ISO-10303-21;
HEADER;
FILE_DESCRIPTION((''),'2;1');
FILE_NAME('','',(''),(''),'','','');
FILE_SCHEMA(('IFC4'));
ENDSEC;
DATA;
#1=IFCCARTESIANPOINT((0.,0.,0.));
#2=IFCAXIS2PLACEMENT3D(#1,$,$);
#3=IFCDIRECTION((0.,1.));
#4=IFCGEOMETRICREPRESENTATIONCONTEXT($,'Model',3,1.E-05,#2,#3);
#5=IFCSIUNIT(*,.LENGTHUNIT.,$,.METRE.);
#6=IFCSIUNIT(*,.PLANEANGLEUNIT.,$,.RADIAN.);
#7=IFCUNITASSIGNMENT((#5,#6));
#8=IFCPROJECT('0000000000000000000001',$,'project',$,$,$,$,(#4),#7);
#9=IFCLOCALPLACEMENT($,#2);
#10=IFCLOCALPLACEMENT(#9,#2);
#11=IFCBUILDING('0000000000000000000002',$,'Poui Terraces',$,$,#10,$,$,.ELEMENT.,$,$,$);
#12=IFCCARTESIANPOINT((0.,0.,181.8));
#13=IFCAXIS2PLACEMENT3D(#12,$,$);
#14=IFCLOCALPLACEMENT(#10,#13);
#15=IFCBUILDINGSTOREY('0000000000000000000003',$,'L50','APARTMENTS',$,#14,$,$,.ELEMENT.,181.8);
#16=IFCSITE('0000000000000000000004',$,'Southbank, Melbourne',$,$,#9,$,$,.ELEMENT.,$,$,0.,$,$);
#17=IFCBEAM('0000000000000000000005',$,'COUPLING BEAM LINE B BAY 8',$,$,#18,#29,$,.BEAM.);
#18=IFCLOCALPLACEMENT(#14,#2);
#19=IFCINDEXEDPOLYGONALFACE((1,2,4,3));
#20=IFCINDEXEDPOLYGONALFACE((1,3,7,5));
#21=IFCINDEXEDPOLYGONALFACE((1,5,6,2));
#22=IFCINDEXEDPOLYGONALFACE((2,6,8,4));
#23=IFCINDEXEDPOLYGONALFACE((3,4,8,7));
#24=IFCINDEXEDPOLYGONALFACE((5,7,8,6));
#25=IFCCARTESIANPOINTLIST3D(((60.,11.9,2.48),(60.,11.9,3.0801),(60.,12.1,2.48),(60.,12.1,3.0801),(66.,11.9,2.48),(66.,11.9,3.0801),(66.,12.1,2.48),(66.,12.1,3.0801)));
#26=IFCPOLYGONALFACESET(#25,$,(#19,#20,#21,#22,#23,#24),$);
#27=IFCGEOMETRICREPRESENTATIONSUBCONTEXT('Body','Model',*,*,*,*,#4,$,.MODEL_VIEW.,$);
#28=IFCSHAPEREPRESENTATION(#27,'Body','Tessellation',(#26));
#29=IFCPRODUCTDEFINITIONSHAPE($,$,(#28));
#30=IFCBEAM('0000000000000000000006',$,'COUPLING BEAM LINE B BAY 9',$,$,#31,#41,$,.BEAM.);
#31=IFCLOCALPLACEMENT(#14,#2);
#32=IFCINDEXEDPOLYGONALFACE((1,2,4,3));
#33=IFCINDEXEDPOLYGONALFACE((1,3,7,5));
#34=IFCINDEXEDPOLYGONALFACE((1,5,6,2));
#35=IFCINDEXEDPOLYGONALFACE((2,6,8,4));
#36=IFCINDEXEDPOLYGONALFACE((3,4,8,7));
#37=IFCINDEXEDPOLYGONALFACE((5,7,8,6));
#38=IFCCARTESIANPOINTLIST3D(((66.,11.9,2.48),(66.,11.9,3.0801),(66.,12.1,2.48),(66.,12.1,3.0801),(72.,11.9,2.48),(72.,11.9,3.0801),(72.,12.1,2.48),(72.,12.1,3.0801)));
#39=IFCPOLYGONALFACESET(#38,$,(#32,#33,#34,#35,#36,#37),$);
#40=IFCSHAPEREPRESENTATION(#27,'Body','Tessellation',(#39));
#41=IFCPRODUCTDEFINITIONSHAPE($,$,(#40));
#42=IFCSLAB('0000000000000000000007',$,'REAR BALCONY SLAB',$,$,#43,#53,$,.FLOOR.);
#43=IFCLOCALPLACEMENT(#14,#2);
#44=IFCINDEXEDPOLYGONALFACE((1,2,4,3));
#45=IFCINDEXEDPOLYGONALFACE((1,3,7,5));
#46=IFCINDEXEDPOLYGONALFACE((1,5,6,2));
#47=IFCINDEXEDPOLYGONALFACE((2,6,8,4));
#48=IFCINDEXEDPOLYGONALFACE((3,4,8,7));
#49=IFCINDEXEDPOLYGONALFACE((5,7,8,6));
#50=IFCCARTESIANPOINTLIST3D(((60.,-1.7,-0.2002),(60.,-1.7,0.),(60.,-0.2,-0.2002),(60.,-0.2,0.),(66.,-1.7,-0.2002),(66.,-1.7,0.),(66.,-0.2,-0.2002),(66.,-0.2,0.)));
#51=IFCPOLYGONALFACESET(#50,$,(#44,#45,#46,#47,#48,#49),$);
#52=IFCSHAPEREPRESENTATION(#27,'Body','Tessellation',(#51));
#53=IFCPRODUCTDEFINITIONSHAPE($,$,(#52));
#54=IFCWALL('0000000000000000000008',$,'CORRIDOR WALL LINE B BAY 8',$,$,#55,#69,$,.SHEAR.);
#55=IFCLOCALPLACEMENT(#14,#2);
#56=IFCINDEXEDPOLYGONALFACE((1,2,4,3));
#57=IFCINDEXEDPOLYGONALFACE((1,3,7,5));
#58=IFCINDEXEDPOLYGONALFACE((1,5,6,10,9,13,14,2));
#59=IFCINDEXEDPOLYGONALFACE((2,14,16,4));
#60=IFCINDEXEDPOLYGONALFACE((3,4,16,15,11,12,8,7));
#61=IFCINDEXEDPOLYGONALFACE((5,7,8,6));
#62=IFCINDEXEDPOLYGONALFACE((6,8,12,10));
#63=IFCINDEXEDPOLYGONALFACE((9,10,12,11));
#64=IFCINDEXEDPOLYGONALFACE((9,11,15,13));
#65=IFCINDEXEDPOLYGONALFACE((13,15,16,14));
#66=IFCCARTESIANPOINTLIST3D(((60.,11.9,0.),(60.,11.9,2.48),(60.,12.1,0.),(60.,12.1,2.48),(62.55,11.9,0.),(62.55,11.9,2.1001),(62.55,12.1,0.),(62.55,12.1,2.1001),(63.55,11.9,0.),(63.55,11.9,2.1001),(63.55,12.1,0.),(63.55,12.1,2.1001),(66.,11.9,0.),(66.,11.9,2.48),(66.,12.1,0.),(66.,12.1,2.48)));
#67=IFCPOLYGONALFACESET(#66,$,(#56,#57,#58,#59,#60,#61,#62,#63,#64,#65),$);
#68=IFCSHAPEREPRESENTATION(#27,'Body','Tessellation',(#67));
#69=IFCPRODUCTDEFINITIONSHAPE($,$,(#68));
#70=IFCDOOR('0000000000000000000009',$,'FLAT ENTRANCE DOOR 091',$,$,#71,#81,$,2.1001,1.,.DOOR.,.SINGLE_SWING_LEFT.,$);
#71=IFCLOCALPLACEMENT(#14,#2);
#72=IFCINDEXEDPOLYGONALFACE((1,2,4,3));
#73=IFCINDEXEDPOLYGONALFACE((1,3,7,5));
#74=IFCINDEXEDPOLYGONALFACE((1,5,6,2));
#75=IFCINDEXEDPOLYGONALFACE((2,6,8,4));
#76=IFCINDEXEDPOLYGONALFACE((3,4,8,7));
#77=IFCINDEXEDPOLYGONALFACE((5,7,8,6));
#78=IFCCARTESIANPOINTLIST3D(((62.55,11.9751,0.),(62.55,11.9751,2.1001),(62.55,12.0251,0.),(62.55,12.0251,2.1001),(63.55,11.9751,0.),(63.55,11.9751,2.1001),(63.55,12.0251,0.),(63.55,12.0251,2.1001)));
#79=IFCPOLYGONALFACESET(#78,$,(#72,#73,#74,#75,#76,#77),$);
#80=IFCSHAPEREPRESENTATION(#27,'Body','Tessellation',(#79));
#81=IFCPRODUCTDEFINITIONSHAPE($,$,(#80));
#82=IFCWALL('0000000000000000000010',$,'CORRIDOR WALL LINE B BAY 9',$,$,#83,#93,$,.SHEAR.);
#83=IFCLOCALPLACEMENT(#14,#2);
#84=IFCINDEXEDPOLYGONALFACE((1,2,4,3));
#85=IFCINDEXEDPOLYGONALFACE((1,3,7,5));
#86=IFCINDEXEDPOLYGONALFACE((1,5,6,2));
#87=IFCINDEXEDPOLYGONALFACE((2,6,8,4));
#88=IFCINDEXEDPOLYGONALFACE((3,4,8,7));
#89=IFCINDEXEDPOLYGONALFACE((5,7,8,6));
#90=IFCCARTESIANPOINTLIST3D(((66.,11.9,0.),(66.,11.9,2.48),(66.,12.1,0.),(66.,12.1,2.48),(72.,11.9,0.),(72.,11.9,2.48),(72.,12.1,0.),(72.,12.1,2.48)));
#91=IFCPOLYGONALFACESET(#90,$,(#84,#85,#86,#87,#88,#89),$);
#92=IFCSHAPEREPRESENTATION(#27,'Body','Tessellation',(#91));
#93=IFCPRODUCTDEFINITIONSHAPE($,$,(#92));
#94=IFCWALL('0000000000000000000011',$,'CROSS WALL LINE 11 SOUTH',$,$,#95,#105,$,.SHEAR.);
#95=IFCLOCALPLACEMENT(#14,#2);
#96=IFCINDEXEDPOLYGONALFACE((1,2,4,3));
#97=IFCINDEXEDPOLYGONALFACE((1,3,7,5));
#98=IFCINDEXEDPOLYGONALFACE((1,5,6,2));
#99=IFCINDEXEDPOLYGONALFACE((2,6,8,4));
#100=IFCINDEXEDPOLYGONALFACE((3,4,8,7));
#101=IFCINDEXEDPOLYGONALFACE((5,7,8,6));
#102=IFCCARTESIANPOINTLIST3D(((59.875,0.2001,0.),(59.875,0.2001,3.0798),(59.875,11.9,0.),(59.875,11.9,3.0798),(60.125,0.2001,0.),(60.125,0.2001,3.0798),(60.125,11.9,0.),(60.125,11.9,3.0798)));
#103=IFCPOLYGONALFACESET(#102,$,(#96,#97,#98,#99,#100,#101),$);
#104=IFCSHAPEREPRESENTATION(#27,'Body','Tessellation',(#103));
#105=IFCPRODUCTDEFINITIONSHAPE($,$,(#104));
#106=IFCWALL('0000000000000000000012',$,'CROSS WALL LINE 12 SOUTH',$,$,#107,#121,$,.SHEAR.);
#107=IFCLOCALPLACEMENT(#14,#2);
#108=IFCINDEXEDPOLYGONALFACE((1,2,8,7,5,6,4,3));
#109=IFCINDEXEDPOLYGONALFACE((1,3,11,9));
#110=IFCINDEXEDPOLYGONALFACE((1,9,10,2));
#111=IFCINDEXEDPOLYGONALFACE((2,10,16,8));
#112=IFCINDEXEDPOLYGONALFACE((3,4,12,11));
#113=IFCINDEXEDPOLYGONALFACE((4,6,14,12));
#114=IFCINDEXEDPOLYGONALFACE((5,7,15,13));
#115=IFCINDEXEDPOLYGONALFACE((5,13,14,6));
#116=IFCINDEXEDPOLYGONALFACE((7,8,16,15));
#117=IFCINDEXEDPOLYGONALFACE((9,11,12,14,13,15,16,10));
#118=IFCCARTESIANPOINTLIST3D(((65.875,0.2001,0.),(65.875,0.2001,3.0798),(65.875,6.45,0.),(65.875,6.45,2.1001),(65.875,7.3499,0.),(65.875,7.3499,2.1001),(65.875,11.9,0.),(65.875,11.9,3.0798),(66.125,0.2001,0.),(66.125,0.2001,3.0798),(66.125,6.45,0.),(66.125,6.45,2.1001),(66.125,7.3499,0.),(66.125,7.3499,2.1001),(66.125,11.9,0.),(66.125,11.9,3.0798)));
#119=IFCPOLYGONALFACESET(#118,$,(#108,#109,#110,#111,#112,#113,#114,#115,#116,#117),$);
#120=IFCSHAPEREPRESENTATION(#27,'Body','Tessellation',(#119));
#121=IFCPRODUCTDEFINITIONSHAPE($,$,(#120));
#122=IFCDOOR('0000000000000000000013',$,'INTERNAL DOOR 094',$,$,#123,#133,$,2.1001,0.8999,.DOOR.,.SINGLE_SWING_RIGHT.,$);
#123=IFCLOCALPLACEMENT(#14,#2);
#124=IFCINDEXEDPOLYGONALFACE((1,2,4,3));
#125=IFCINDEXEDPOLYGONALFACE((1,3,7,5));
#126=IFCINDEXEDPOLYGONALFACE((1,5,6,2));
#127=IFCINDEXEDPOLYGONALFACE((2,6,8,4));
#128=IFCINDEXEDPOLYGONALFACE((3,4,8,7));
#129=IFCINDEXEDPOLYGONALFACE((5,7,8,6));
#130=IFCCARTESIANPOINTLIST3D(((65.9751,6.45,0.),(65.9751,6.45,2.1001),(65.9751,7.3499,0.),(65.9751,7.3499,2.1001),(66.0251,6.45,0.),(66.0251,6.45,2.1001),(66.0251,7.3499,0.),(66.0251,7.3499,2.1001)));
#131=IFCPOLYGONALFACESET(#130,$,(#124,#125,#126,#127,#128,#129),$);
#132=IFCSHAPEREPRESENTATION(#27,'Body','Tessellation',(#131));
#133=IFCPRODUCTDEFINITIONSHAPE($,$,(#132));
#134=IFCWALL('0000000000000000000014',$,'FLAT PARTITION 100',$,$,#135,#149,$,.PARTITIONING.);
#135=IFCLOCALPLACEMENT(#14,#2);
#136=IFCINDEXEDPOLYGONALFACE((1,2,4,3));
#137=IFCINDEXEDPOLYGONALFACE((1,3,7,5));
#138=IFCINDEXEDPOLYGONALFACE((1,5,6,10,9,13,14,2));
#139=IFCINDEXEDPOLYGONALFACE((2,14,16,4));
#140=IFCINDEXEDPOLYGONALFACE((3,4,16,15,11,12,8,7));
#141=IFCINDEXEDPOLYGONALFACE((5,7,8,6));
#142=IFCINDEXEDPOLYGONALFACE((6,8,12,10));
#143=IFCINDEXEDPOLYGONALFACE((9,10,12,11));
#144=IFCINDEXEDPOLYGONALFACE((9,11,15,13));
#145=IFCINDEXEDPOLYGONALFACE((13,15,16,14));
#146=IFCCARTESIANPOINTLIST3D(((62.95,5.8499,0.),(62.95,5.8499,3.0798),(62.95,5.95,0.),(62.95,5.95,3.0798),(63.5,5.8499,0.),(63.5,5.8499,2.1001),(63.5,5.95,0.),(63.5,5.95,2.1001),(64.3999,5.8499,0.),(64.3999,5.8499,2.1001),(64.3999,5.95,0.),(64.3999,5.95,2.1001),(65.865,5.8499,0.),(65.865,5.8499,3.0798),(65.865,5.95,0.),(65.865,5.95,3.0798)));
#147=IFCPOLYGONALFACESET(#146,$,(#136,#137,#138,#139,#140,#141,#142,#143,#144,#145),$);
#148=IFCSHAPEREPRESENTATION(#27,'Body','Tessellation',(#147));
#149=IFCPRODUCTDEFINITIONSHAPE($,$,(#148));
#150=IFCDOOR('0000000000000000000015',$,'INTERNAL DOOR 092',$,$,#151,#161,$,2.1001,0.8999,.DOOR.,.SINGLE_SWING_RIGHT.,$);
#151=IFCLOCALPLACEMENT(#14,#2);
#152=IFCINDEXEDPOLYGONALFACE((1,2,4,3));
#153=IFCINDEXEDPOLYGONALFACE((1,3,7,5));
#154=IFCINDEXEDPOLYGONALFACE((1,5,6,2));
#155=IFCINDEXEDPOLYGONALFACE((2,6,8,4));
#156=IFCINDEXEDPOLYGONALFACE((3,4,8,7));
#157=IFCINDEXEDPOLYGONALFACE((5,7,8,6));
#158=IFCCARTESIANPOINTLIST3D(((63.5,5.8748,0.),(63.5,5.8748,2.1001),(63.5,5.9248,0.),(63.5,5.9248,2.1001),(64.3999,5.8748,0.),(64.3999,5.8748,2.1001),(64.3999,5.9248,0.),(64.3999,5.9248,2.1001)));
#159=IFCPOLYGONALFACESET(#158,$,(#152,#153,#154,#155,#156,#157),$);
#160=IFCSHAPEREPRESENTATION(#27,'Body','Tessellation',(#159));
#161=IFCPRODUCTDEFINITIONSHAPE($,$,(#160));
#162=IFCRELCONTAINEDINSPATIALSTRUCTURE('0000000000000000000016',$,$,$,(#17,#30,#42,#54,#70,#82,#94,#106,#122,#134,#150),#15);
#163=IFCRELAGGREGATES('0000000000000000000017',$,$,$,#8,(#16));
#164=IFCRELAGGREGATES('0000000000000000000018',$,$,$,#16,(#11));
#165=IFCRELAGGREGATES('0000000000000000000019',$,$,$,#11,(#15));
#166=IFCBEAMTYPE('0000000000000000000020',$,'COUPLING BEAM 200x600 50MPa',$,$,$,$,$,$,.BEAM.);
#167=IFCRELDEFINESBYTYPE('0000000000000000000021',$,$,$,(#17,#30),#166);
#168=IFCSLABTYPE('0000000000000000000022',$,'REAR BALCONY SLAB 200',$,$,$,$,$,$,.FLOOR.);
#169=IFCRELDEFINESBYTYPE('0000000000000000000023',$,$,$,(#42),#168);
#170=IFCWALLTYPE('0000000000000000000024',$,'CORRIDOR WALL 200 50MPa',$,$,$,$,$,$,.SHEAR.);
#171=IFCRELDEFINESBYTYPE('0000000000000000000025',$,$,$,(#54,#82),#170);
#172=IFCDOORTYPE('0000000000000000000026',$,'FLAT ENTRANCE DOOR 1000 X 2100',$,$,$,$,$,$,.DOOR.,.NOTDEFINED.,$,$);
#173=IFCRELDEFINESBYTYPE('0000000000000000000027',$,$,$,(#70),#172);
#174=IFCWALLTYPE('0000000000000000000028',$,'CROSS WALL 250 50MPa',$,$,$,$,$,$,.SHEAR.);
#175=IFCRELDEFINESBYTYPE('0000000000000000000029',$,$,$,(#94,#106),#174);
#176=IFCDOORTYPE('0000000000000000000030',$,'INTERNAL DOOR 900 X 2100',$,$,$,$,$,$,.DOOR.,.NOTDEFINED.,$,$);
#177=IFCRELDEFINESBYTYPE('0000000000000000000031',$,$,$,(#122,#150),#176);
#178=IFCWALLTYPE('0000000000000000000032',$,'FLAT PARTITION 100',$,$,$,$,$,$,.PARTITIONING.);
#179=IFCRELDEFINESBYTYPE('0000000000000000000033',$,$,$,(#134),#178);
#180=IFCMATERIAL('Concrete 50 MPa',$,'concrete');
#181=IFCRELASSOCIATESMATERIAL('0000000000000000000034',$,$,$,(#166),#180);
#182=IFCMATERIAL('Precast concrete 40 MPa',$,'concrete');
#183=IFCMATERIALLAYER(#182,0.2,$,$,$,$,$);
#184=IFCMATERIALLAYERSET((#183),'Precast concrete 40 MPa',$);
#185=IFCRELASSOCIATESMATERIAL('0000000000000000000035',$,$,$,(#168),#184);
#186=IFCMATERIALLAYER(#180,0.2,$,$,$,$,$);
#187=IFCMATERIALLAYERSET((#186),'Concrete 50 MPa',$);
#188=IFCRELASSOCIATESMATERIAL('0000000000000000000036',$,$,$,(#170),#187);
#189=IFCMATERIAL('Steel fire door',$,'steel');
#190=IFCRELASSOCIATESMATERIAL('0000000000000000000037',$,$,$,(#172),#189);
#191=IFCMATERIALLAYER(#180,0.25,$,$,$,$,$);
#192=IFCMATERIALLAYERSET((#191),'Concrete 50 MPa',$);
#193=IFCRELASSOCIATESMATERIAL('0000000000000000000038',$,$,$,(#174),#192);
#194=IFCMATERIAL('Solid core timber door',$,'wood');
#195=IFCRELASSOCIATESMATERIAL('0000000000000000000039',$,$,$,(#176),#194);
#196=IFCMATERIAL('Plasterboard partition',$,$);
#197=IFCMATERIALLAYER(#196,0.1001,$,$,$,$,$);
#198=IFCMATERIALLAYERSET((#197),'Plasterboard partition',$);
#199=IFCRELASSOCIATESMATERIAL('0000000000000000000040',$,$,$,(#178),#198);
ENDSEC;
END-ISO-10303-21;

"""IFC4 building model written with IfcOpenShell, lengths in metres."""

from ifc_helpers import new_model, si_unit, direction, frame, frame_2d, origin, origin_2d, place, context, subcontext, project, spatial, polyline, rectangle, outline, extrude, source, transform, mapped, material, layer, layer_set, material_profile, profile_set, type_object, element, fill, save


model = new_model("IFC4")

# Units and contexts
model_context = context("Model", 3, precision=1e-05, world=origin(), true_north=direction((0.0, 1.0)))
body_context = subcontext(model_context, "Body", "Model", "MODEL_VIEW")
ifc_project = project(units=[si_unit("LENGTHUNIT", "METRE"), si_unit("PLANEANGLEUNIT", "RADIAN")], contexts=[model_context])

# Site, building, storey
site_placement = place(None, origin())
site = spatial("IfcSite", under=ifc_project, at=site_placement, Name="Southbank, Melbourne", CompositionType="ELEMENT", RefElevation=0.0)
building_placement = place(site_placement, origin())
building = spatial("IfcBuilding", under=site, at=building_placement, Name="Poui Terraces", CompositionType="ELEMENT")
storey_placement = place(building_placement, frame((0.0, 0.0, 181.8)))
storey = spatial("IfcBuildingStorey", under=building, at=storey_placement, Name="L50", Description="APARTMENTS", CompositionType="ELEMENT", Elevation=181.8)

# Beams
ifc_material_1 = material(Name="Concrete 50 MPa", Category="concrete")
ifc_material_profile_1 = material_profile(ifc_material_1, rectangle(XDim=0.2, YDim=0.6001, at=origin_2d()), Name="RC 200x600")
ifc_profile_set_1 = profile_set([ifc_material_profile_1], Name="Concrete 50 MPa")
beam_type = type_object("IfcBeamType", Name="COUPLING BEAM 200x600 50MPa", PredefinedType="BEAM", material=ifc_profile_set_1)
shared_shape_1 = source(origin(), body_context, "Body", "SweptSolid", [
    extrude(rectangle(XDim=0.2, YDim=0.6001, at=origin_2d()), origin(), (0.0, 0.0, 1.0), 6.0),
])
for number, where, z_axis, x_axis, name in (
    (1, (60.0, 12.0, 2.78), (1.0, 0.0, 0.0), (0.0, 1.0, 0.0), "COUPLING BEAM LINE B BAY 8"),
    (2, (66.0, 12.0, 2.78), (1.0, 0.0, 0.0), (0.0, 1.0, 0.0), "COUPLING BEAM LINE B BAY 9"),
):
    element("IfcBeam", number, at=place(storey_placement, frame(where, z_axis=z_axis, x_axis=x_axis)), inside=storey, type_object=beam_type, Name=name, PredefinedType="BEAM", context=body_context, shape_type="MappedRepresentation", body=[
        mapped(shared_shape_1, transform((0.0, 0.0, 0.0))),
    ])

# Slab
ifc_material_2 = material(Name="Precast concrete 40 MPa", Category="concrete")
ifc_layer_1 = layer(ifc_material_2, 0.2)
ifc_layer_set_1 = layer_set([ifc_layer_1], Name="Precast concrete 40 MPa")
slab_type = type_object("IfcSlabType", Name="REAR BALCONY SLAB 200", PredefinedType="FLOOR", material=ifc_layer_set_1)
shared_shape_2 = source(origin(), body_context, "Body", "SweptSolid", [
    extrude(outline(polyline([(0.0, 0.0), (6.0, 0.0), (6.0, 1.5), (0.0, 1.5), (0.0, 0.0)])), origin(), (0.0, 0.0, 1.0), 0.2002),
])
slab_placement = place(storey_placement, frame((60.0, -1.7, -0.2002)))
element("IfcSlab", 3, at=slab_placement, inside=storey, type_object=slab_type, Name="REAR BALCONY SLAB", PredefinedType="FLOOR", context=body_context, shape_type="MappedRepresentation", body=[
    mapped(shared_shape_2, transform((0.0, 0.0, 0.0))),
])

# Wall, opening, door
ifc_layer_2 = layer(ifc_material_1, 0.2)
ifc_layer_set_2 = layer_set([ifc_layer_2], Name="Concrete 50 MPa")
wall_type_1 = type_object("IfcWallType", Name="CORRIDOR WALL 200 50MPa", PredefinedType="SHEAR", material=ifc_layer_set_2)
wall_1_placement = place(storey_placement, frame((60.0, 12.0, 0.0), z_axis=(0.0, 0.0, 1.0), x_axis=(1.0, 0.0, 0.0)))
wall_1 = element("IfcWall", 4, at=wall_1_placement, inside=storey, type_object=wall_type_1, Name="CORRIDOR WALL LINE B BAY 8", PredefinedType="SHEAR", context=body_context, shape_type="SweptSolid", body=[
    extrude(rectangle(XDim=6.0, YDim=0.2, at=frame_2d((3.0, 0.0))), origin(), (0.0, 0.0, 1.0), 2.48),
])
opening_1_placement = place(wall_1_placement, frame((2.55, 0.0, 0.0)))
opening_1 = element("IfcOpeningElement", 5, at=opening_1_placement, cuts=wall_1, PredefinedType="OPENING", context=body_context, shape_type="SweptSolid", body=[
    extrude(rectangle(XDim=1.0, YDim=2.1001, at=frame_2d((0.5, 1.05))), frame((0.0, 0.1099, 0.0), z_axis=(0.0, -1.0, 0.0), x_axis=(1.0, 0.0, 0.0)), (0.0, 0.0, 1.0), 0.22),
])
ifc_material_3 = material(Name="Steel fire door", Category="steel")
door_type_1 = type_object("IfcDoorType", Name="FLAT ENTRANCE DOOR 1000 X 2100", OperationType="NOTDEFINED", PredefinedType="DOOR", material=ifc_material_3)
door_1_placement = place(opening_1_placement, frame((1.0, 0.0, 0.0), z_axis=(0.0, 0.0, 1.0), x_axis=(-1.0, 0.0, 0.0)))
door_1 = element("IfcDoor", 6, at=door_1_placement, inside=storey, type_object=door_type_1, Name="FLAT ENTRANCE DOOR 091", OperationType="SINGLE_SWING_LEFT", OverallHeight=2.1001, OverallWidth=1.0, PredefinedType="DOOR", context=body_context, shape_type="SweptSolid", body=[
    extrude(rectangle(XDim=1.0, YDim=2.1001, at=frame_2d((0.5, 1.05))), frame((0.0, 0.0249, 0.0), z_axis=(0.0, -1.0, 0.0), x_axis=(1.0, 0.0, 0.0)), (0.0, 0.0, 1.0), 0.05),
])
fill(opening_1, door_1)

# Walls
wall_2_placement = place(storey_placement, frame((66.0, 12.0, 0.0), z_axis=(0.0, 0.0, 1.0), x_axis=(1.0, 0.0, 0.0)))
element("IfcWall", 7, at=wall_2_placement, inside=storey, type_object=wall_type_1, Name="CORRIDOR WALL LINE B BAY 9", PredefinedType="SHEAR", context=body_context, shape_type="SweptSolid", body=[
    extrude(rectangle(XDim=6.0, YDim=0.2, at=frame_2d((3.0, 0.0))), origin(), (0.0, 0.0, 1.0), 2.48),
])
ifc_layer_3 = layer(ifc_material_1, 0.25)
ifc_layer_set_3 = layer_set([ifc_layer_3], Name="Concrete 50 MPa")
wall_type_2 = type_object("IfcWallType", Name="CROSS WALL 250 50MPa", PredefinedType="SHEAR", material=ifc_layer_set_3)
wall_3_placement = place(storey_placement, frame((60.0, 0.2, 0.0), z_axis=(0.0, 0.0, 1.0), x_axis=(0.0, 1.0, 0.0)))
element("IfcWall", 8, at=wall_3_placement, inside=storey, type_object=wall_type_2, Name="CROSS WALL LINE 11 SOUTH", PredefinedType="SHEAR", context=body_context, shape_type="SweptSolid", body=[
    extrude(rectangle(XDim=11.7, YDim=0.25, at=frame_2d((5.8501, 0.0))), origin(), (0.0, 0.0, 1.0), 3.0798),
])

# Walls, openings, doors
wall_4_placement = place(storey_placement, frame((66.0, 0.2, 0.0), z_axis=(0.0, 0.0, 1.0), x_axis=(0.0, 1.0, 0.0)))
wall_4 = element("IfcWall", 9, at=wall_4_placement, inside=storey, type_object=wall_type_2, Name="CROSS WALL LINE 12 SOUTH", PredefinedType="SHEAR", context=body_context, shape_type="SweptSolid", body=[
    extrude(rectangle(XDim=11.7, YDim=0.25, at=frame_2d((5.8501, 0.0))), origin(), (0.0, 0.0, 1.0), 3.0798),
])
opening_2_placement = place(wall_4_placement, frame((6.25, 0.0, 0.0)))
opening_2 = element("IfcOpeningElement", 10, at=opening_2_placement, cuts=wall_4, PredefinedType="OPENING", context=body_context, shape_type="SweptSolid", body=[
    extrude(rectangle(XDim=0.8999, YDim=2.1001, at=frame_2d((0.45, 1.05))), frame((0.0, 0.135, 0.0), z_axis=(0.0, -1.0, 0.0), x_axis=(1.0, 0.0, 0.0)), (0.0, 0.0, 1.0), 0.27),
])
ifc_material_4 = material(Name="Solid core timber door", Category="wood")
door_type_2 = type_object("IfcDoorType", Name="INTERNAL DOOR 900 X 2100", OperationType="NOTDEFINED", PredefinedType="DOOR", material=ifc_material_4)
door_2_placement = place(opening_2_placement, origin())
door_2 = element("IfcDoor", 11, at=door_2_placement, inside=storey, type_object=door_type_2, Name="INTERNAL DOOR 094", OperationType="SINGLE_SWING_RIGHT", OverallHeight=2.1001, OverallWidth=0.8999, PredefinedType="DOOR", context=body_context, shape_type="SweptSolid", body=[
    extrude(rectangle(XDim=0.8999, YDim=2.1001, at=frame_2d((0.45, 1.05))), frame((0.0, 0.0249, 0.0), z_axis=(0.0, -1.0, 0.0), x_axis=(1.0, 0.0, 0.0)), (0.0, 0.0, 1.0), 0.05),
])
fill(opening_2, door_2)
ifc_material_5 = material(Name="Plasterboard partition")
ifc_layer_4 = layer(ifc_material_5, 0.1001)
ifc_layer_set_4 = layer_set([ifc_layer_4], Name="Plasterboard partition")
wall_type_3 = type_object("IfcWallType", Name="FLAT PARTITION 100", PredefinedType="PARTITIONING", material=ifc_layer_set_4)
wall_5_placement = place(storey_placement, frame((62.95, 5.8999, 0.0), z_axis=(0.0, 0.0, 1.0), x_axis=(1.0, 0.0, 0.0)))
wall_5 = element("IfcWall", 12, at=wall_5_placement, inside=storey, type_object=wall_type_3, Name="FLAT PARTITION 100", PredefinedType="PARTITIONING", context=body_context, shape_type="SweptSolid", body=[
    extrude(rectangle(XDim=2.915, YDim=0.1001, at=frame_2d((1.4575, 0.0))), origin(), (0.0, 0.0, 1.0), 3.0798),
])
opening_3_placement = place(wall_5_placement, frame((0.55, 0.0, 0.0)))
opening_3 = element("IfcOpeningElement", 13, at=opening_3_placement, cuts=wall_5, PredefinedType="OPENING", context=body_context, shape_type="SweptSolid", body=[
    extrude(rectangle(XDim=0.8999, YDim=2.1001, at=frame_2d((0.45, 1.05))), frame((0.0, 0.0601, 0.0), z_axis=(0.0, -1.0, 0.0), x_axis=(1.0, 0.0, 0.0)), (0.0, 0.0, 1.0), 0.1201),
])
door_3_placement = place(opening_3_placement, origin())
door_3 = element("IfcDoor", 14, at=door_3_placement, inside=storey, type_object=door_type_2, Name="INTERNAL DOOR 092", OperationType="SINGLE_SWING_RIGHT", OverallHeight=2.1001, OverallWidth=0.8999, PredefinedType="DOOR", context=body_context, shape_type="SweptSolid", body=[
    extrude(rectangle(XDim=0.8999, YDim=2.1001, at=frame_2d((0.45, 1.05))), frame((0.0, 0.0249, 0.0), z_axis=(0.0, -1.0, 0.0), x_axis=(1.0, 0.0, 0.0)), (0.0, 0.0, 1.0), 0.05),
])
fill(opening_3, door_3)

save(model, "model.ifc")
